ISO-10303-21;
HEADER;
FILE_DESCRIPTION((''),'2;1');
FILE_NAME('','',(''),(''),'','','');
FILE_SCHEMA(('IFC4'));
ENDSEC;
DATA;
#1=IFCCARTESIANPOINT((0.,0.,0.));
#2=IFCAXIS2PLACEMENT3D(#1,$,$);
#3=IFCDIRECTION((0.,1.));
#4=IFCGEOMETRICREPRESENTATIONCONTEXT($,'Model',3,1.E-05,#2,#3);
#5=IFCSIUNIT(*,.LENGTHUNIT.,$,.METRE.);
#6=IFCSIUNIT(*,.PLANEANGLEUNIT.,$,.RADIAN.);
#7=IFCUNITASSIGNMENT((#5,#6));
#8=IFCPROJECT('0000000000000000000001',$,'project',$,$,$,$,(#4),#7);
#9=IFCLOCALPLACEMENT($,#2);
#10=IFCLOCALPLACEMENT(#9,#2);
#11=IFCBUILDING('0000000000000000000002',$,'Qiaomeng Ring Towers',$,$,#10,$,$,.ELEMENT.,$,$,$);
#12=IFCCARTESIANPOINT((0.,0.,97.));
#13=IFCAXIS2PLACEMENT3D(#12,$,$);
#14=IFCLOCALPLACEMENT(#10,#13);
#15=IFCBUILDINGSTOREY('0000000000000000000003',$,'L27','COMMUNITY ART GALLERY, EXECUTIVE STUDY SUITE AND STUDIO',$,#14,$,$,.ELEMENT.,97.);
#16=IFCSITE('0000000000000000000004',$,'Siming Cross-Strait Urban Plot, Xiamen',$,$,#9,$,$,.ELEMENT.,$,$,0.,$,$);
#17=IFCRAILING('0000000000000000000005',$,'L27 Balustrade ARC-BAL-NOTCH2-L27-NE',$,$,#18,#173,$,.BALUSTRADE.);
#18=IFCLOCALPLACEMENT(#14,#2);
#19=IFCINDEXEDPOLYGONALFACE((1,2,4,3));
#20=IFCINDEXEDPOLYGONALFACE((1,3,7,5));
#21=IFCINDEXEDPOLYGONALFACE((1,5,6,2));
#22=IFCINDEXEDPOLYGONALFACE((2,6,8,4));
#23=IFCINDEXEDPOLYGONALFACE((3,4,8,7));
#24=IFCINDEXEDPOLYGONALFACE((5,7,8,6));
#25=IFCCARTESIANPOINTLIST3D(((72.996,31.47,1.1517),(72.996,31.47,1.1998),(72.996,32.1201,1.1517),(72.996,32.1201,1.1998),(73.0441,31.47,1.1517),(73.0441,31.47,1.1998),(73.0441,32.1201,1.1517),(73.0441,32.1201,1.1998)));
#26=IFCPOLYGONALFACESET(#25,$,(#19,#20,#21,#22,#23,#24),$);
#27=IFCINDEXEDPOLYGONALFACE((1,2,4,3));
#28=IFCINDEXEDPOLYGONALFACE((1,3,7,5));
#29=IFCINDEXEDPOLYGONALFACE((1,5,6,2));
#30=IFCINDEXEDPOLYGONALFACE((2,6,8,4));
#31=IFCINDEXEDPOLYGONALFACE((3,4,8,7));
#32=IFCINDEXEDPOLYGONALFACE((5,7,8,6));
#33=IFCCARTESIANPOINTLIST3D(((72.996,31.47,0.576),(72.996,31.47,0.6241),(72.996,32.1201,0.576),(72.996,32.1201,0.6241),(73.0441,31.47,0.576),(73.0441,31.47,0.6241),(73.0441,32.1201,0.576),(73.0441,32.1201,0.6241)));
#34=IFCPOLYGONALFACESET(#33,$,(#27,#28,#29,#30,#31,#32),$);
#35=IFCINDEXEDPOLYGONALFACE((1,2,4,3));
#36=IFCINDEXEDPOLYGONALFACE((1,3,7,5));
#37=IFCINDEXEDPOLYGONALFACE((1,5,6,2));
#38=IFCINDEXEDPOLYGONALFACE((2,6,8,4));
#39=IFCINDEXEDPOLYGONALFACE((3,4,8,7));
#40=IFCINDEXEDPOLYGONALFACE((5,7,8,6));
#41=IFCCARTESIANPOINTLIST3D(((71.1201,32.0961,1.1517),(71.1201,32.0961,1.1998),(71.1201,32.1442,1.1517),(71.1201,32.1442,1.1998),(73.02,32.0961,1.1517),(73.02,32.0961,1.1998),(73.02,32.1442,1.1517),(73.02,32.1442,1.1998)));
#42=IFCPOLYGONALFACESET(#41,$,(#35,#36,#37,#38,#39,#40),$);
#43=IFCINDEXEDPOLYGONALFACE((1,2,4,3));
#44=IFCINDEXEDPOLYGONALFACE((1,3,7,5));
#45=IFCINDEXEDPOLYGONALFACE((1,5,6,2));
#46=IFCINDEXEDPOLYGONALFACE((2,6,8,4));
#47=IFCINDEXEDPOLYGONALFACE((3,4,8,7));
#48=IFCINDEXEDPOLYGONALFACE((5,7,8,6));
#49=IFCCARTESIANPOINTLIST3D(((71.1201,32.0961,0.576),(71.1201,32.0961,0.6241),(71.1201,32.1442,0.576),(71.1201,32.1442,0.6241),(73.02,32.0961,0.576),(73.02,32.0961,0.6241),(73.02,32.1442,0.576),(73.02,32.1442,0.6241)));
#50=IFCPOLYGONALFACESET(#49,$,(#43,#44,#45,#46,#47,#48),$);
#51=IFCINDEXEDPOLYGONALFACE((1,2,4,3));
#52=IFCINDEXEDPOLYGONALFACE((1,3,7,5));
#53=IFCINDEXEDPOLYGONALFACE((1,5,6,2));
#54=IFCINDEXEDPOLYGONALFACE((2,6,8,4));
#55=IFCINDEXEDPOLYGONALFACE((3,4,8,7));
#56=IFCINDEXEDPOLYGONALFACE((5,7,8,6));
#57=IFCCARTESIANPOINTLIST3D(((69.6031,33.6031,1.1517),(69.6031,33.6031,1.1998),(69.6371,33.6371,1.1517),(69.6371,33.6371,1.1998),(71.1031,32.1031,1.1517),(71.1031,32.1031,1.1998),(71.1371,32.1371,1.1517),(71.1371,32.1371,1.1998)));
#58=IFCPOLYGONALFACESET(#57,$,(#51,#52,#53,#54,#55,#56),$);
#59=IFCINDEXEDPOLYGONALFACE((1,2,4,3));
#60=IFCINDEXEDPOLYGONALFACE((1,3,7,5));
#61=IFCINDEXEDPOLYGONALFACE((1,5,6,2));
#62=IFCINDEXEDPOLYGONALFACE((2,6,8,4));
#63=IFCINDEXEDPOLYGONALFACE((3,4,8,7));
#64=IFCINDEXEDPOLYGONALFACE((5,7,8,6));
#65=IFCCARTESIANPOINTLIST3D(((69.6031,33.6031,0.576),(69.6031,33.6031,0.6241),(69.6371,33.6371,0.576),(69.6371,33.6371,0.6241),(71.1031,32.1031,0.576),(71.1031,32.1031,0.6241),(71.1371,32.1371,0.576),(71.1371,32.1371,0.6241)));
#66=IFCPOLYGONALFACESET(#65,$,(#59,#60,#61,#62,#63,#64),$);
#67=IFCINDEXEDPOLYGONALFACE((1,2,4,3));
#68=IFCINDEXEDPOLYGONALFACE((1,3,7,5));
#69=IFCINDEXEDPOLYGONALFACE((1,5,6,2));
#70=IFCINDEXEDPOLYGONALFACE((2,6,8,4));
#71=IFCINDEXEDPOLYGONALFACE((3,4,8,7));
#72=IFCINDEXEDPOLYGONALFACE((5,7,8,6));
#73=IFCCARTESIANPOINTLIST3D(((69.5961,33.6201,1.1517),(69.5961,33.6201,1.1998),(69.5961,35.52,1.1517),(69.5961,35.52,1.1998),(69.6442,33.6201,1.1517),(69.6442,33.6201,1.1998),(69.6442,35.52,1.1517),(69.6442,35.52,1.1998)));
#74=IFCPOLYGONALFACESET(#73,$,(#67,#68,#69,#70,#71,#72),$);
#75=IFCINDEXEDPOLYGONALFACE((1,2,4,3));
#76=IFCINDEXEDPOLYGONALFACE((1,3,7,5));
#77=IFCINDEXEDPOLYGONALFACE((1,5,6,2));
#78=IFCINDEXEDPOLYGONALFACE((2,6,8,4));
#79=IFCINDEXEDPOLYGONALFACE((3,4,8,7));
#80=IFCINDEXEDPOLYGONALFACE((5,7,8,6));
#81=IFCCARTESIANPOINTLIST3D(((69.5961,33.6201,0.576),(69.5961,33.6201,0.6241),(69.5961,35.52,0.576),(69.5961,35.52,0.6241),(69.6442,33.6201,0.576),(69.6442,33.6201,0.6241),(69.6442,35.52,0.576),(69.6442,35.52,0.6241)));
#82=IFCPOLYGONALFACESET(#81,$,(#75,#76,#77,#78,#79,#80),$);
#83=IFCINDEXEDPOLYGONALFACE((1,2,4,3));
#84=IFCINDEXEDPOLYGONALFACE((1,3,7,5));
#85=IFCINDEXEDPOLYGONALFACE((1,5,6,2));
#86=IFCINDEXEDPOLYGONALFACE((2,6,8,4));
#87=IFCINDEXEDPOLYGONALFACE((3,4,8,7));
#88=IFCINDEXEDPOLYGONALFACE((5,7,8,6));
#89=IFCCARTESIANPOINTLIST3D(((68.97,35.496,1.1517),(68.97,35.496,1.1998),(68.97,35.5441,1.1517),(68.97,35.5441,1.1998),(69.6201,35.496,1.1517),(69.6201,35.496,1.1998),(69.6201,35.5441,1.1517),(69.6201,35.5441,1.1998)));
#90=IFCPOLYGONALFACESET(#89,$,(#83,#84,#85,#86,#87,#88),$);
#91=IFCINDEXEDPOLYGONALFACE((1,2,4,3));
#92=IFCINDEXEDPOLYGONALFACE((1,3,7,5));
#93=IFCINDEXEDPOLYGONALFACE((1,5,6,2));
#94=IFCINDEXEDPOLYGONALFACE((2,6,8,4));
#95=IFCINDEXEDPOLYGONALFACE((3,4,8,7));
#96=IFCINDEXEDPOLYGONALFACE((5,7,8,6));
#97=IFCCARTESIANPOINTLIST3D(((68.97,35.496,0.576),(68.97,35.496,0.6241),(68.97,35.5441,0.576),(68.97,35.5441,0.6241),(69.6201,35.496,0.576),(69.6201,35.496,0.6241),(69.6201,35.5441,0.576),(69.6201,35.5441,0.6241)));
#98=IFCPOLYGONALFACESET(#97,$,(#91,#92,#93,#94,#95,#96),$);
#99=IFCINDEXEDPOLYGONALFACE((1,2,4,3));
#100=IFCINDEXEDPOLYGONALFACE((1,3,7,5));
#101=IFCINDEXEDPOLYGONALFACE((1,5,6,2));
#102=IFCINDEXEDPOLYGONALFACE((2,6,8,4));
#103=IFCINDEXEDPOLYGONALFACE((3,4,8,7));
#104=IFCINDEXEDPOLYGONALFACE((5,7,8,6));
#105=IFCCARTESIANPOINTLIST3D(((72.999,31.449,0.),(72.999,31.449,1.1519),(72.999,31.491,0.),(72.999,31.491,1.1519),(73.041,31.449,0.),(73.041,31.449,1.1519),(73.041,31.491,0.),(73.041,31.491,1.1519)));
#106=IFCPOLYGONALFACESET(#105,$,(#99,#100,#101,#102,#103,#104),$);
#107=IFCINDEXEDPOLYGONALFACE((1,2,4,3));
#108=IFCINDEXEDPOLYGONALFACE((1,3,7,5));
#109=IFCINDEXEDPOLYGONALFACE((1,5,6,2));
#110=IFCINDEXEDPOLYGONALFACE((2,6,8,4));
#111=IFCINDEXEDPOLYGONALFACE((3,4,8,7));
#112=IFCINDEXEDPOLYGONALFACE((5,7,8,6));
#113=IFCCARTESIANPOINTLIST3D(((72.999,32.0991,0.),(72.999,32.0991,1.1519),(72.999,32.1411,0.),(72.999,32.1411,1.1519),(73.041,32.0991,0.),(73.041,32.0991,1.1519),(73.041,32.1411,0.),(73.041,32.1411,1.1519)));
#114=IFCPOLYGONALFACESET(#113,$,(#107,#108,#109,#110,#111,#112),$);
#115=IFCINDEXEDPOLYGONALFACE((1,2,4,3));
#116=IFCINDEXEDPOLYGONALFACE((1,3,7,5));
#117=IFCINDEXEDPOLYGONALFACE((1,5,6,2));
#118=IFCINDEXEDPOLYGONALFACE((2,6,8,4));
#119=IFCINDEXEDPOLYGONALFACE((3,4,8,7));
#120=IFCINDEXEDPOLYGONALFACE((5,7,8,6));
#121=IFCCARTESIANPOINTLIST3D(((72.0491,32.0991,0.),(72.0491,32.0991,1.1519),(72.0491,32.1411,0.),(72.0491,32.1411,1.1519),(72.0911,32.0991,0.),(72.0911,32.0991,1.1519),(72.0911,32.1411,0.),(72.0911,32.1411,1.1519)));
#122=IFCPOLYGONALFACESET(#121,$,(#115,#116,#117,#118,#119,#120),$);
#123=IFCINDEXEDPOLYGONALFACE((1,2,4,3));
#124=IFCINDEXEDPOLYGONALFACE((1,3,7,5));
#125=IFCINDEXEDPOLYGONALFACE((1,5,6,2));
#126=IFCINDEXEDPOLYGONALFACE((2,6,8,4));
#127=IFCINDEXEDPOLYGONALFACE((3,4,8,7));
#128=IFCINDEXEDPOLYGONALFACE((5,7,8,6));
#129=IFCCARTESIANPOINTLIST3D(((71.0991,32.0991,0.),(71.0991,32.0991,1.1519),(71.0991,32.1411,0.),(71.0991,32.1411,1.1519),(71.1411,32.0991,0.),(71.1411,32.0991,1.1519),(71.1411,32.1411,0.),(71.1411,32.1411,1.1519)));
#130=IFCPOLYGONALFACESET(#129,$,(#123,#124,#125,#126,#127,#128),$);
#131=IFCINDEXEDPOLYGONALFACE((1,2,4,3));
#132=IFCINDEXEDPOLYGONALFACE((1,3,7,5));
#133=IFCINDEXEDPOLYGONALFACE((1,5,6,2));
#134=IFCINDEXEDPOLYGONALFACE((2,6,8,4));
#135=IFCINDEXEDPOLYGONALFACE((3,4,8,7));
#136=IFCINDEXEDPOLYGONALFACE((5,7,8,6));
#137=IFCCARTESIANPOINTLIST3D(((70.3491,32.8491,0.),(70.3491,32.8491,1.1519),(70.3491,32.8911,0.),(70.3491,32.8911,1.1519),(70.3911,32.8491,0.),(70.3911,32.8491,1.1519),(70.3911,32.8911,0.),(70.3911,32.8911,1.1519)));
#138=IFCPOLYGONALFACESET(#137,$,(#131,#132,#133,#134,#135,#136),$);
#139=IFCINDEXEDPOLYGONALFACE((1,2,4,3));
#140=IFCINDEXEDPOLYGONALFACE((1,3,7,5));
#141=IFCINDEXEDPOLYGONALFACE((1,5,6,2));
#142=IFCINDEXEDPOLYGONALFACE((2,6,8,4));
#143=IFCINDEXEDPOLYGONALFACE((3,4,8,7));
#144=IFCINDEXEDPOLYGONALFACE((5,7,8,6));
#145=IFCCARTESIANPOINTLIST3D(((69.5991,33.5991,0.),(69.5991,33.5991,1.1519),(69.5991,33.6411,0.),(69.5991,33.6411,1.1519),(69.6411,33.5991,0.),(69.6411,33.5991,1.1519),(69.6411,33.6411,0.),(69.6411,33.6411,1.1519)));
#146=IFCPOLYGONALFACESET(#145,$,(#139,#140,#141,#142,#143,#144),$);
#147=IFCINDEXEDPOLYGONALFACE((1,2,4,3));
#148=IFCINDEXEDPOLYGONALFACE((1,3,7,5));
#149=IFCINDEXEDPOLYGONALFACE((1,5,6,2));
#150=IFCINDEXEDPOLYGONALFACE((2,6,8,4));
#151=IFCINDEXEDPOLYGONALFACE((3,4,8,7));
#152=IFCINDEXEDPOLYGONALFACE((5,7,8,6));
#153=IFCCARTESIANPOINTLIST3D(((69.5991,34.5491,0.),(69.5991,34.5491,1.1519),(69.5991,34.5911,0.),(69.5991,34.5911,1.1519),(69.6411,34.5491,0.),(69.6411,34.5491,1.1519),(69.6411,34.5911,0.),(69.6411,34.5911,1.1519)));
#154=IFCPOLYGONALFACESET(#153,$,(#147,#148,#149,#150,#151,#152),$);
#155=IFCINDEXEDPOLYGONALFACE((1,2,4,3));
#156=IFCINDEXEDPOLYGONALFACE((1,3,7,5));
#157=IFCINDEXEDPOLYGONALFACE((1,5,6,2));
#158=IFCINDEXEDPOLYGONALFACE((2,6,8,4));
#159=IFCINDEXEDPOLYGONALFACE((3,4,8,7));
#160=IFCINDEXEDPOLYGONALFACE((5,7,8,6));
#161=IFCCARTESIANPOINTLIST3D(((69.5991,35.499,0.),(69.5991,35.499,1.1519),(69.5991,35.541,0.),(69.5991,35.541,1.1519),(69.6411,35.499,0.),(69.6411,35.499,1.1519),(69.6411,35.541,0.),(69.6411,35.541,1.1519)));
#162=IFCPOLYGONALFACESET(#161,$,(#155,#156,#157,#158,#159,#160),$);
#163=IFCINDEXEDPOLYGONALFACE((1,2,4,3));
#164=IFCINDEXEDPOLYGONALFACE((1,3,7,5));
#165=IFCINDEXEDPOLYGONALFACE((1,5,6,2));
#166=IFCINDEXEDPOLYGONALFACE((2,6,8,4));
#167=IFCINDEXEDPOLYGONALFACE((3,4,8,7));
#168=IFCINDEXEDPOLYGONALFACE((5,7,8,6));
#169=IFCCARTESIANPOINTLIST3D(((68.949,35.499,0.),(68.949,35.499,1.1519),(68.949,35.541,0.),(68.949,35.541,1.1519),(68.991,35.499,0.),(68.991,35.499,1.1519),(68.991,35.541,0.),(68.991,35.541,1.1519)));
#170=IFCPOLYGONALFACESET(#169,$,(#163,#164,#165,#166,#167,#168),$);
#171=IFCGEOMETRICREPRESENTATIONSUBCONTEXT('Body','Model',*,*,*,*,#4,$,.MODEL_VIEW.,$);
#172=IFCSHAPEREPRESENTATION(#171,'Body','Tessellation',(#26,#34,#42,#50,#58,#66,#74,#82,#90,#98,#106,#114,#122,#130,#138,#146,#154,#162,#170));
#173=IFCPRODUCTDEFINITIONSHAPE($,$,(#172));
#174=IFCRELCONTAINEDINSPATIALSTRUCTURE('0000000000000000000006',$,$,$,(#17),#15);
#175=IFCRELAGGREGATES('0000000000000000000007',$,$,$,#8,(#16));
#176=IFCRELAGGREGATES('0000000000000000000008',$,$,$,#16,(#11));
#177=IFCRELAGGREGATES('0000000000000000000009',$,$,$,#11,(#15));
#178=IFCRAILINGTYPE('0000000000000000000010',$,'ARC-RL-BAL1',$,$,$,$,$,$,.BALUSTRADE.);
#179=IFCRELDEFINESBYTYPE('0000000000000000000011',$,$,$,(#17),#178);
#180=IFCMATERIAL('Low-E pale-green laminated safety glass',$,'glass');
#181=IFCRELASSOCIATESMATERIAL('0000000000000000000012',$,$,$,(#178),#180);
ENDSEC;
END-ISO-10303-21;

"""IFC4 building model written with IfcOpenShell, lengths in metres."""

from ifc_helpers import new_model, si_unit, direction, frame, origin, origin_2d, place, context, subcontext, project, spatial, rectangle, extrude, material, type_object, element, save


model = new_model("IFC4")

# Units and contexts
model_context = context("Model", 3, precision=1e-05, world=origin(), true_north=direction((0.0, 1.0)))
body_context = subcontext(model_context, "Body", "Model", "MODEL_VIEW")
ifc_project = project(units=[si_unit("LENGTHUNIT", "METRE"), si_unit("PLANEANGLEUNIT", "RADIAN")], contexts=[model_context])

# Site, building, storey
site_placement = place(None, origin())
site = spatial("IfcSite", under=ifc_project, at=site_placement, Name="Siming Cross-Strait Urban Plot, Xiamen", CompositionType="ELEMENT", RefElevation=0.0)
building_placement = place(site_placement, origin())
building = spatial("IfcBuilding", under=site, at=building_placement, Name="Qiaomeng Ring Towers", CompositionType="ELEMENT")
storey_placement = place(building_placement, frame((0.0, 0.0, 97.0)))
storey = spatial("IfcBuildingStorey", under=building, at=storey_placement, Name="L27", Description="COMMUNITY ART GALLERY, EXECUTIVE STUDY SUITE AND STUDIO", CompositionType="ELEMENT", Elevation=97.0)

# Railing
ifc_material_1 = material(Name="Low-E pale-green laminated safety glass", Category="glass")
railing_type = type_object("IfcRailingType", Name="ARC-RL-BAL1", PredefinedType="BALUSTRADE", material=ifc_material_1)
railing_1_placement = place(storey_placement, frame((73.02, 31.47, 0.0)))
element("IfcRailing", 1, at=railing_1_placement, inside=storey, type_object=railing_type, Name="L27 Balustrade ARC-BAL-NOTCH2-L27-NE", PredefinedType="BALUSTRADE", context=body_context, shape_type="SweptSolid", body=[
    extrude(rectangle(XDim=0.0481, YDim=0.0481, at=origin_2d()), frame((0.0, 0.0, 1.1758), z_axis=(0.0, 1.0, 0.0), x_axis=(-1.0, 0.0, 0.0)), (0.0, 0.0, 1.0), 0.6501),
    extrude(rectangle(XDim=0.0481, YDim=0.0481, at=origin_2d()), frame((0.0, 0.0, 0.6001), z_axis=(0.0, 1.0, 0.0), x_axis=(-1.0, 0.0, 0.0)), (0.0, 0.0, 1.0), 0.6501),
    extrude(rectangle(XDim=0.0481, YDim=0.0481, at=origin_2d()), frame((0.0, 0.6501, 1.1758), z_axis=(-1.0, 0.0, 0.0), x_axis=(0.0, -1.0, 0.0)), (0.0, 0.0, 1.0), 1.8999),
    extrude(rectangle(XDim=0.0481, YDim=0.0481, at=origin_2d()), frame((0.0, 0.6501, 0.6001), z_axis=(-1.0, 0.0, 0.0), x_axis=(0.0, -1.0, 0.0)), (0.0, 0.0, 1.0), 1.8999),
    extrude(rectangle(XDim=0.0481, YDim=0.0481, at=origin_2d()), frame((-1.8999, 0.6501, 1.1758), z_axis=(-0.707107, 0.707107, 0.0), x_axis=(-0.707107, -0.707107, 0.0)), (0.0, 0.0, 1.0), 2.1213),
    extrude(rectangle(XDim=0.0481, YDim=0.0481, at=origin_2d()), frame((-1.8999, 0.6501, 0.6001), z_axis=(-0.707107, 0.707107, 0.0), x_axis=(-0.707107, -0.707107, 0.0)), (0.0, 0.0, 1.0), 2.1213),
    extrude(rectangle(XDim=0.0481, YDim=0.0481, at=origin_2d()), frame((-3.3999, 2.1501, 1.1758), z_axis=(0.0, 1.0, 0.0), x_axis=(-1.0, 0.0, 0.0)), (0.0, 0.0, 1.0), 1.8999),
    extrude(rectangle(XDim=0.0481, YDim=0.0481, at=origin_2d()), frame((-3.3999, 2.1501, 0.6001), z_axis=(0.0, 1.0, 0.0), x_axis=(-1.0, 0.0, 0.0)), (0.0, 0.0, 1.0), 1.8999),
    extrude(rectangle(XDim=0.0481, YDim=0.0481, at=origin_2d()), frame((-3.3999, 4.05, 1.1758), z_axis=(-1.0, 0.0, 0.0), x_axis=(0.0, -1.0, 0.0)), (0.0, 0.0, 1.0), 0.6501),
    extrude(rectangle(XDim=0.0481, YDim=0.0481, at=origin_2d()), frame((-3.3999, 4.05, 0.6001), z_axis=(-1.0, 0.0, 0.0), x_axis=(0.0, -1.0, 0.0)), (0.0, 0.0, 1.0), 0.6501),
    extrude(rectangle(XDim=0.042, YDim=0.042, at=origin_2d()), origin(), (0.0, 0.0, 1.0), 1.1519),
    extrude(rectangle(XDim=0.042, YDim=0.042, at=origin_2d()), frame((0.0, 0.6501, 0.0)), (0.0, 0.0, 1.0), 1.1519),
    extrude(rectangle(XDim=0.042, YDim=0.042, at=origin_2d()), frame((-0.95, 0.6501, 0.0)), (0.0, 0.0, 1.0), 1.1519),
    extrude(rectangle(XDim=0.042, YDim=0.042, at=origin_2d()), frame((-1.8999, 0.6501, 0.0)), (0.0, 0.0, 1.0), 1.1519),
    extrude(rectangle(XDim=0.042, YDim=0.042, at=origin_2d()), frame((-2.6499, 1.4001, 0.0)), (0.0, 0.0, 1.0), 1.1519),
    extrude(rectangle(XDim=0.042, YDim=0.042, at=origin_2d()), frame((-3.3999, 2.1501, 0.0)), (0.0, 0.0, 1.0), 1.1519),
    extrude(rectangle(XDim=0.042, YDim=0.042, at=origin_2d()), frame((-3.3999, 3.1001, 0.0)), (0.0, 0.0, 1.0), 1.1519),
    extrude(rectangle(XDim=0.042, YDim=0.042, at=origin_2d()), frame((-3.3999, 4.05, 0.0)), (0.0, 0.0, 1.0), 1.1519),
    extrude(rectangle(XDim=0.042, YDim=0.042, at=origin_2d()), frame((-4.05, 4.05, 0.0)), (0.0, 0.0, 1.0), 1.1519),
])

save(model, "model.ifc")
